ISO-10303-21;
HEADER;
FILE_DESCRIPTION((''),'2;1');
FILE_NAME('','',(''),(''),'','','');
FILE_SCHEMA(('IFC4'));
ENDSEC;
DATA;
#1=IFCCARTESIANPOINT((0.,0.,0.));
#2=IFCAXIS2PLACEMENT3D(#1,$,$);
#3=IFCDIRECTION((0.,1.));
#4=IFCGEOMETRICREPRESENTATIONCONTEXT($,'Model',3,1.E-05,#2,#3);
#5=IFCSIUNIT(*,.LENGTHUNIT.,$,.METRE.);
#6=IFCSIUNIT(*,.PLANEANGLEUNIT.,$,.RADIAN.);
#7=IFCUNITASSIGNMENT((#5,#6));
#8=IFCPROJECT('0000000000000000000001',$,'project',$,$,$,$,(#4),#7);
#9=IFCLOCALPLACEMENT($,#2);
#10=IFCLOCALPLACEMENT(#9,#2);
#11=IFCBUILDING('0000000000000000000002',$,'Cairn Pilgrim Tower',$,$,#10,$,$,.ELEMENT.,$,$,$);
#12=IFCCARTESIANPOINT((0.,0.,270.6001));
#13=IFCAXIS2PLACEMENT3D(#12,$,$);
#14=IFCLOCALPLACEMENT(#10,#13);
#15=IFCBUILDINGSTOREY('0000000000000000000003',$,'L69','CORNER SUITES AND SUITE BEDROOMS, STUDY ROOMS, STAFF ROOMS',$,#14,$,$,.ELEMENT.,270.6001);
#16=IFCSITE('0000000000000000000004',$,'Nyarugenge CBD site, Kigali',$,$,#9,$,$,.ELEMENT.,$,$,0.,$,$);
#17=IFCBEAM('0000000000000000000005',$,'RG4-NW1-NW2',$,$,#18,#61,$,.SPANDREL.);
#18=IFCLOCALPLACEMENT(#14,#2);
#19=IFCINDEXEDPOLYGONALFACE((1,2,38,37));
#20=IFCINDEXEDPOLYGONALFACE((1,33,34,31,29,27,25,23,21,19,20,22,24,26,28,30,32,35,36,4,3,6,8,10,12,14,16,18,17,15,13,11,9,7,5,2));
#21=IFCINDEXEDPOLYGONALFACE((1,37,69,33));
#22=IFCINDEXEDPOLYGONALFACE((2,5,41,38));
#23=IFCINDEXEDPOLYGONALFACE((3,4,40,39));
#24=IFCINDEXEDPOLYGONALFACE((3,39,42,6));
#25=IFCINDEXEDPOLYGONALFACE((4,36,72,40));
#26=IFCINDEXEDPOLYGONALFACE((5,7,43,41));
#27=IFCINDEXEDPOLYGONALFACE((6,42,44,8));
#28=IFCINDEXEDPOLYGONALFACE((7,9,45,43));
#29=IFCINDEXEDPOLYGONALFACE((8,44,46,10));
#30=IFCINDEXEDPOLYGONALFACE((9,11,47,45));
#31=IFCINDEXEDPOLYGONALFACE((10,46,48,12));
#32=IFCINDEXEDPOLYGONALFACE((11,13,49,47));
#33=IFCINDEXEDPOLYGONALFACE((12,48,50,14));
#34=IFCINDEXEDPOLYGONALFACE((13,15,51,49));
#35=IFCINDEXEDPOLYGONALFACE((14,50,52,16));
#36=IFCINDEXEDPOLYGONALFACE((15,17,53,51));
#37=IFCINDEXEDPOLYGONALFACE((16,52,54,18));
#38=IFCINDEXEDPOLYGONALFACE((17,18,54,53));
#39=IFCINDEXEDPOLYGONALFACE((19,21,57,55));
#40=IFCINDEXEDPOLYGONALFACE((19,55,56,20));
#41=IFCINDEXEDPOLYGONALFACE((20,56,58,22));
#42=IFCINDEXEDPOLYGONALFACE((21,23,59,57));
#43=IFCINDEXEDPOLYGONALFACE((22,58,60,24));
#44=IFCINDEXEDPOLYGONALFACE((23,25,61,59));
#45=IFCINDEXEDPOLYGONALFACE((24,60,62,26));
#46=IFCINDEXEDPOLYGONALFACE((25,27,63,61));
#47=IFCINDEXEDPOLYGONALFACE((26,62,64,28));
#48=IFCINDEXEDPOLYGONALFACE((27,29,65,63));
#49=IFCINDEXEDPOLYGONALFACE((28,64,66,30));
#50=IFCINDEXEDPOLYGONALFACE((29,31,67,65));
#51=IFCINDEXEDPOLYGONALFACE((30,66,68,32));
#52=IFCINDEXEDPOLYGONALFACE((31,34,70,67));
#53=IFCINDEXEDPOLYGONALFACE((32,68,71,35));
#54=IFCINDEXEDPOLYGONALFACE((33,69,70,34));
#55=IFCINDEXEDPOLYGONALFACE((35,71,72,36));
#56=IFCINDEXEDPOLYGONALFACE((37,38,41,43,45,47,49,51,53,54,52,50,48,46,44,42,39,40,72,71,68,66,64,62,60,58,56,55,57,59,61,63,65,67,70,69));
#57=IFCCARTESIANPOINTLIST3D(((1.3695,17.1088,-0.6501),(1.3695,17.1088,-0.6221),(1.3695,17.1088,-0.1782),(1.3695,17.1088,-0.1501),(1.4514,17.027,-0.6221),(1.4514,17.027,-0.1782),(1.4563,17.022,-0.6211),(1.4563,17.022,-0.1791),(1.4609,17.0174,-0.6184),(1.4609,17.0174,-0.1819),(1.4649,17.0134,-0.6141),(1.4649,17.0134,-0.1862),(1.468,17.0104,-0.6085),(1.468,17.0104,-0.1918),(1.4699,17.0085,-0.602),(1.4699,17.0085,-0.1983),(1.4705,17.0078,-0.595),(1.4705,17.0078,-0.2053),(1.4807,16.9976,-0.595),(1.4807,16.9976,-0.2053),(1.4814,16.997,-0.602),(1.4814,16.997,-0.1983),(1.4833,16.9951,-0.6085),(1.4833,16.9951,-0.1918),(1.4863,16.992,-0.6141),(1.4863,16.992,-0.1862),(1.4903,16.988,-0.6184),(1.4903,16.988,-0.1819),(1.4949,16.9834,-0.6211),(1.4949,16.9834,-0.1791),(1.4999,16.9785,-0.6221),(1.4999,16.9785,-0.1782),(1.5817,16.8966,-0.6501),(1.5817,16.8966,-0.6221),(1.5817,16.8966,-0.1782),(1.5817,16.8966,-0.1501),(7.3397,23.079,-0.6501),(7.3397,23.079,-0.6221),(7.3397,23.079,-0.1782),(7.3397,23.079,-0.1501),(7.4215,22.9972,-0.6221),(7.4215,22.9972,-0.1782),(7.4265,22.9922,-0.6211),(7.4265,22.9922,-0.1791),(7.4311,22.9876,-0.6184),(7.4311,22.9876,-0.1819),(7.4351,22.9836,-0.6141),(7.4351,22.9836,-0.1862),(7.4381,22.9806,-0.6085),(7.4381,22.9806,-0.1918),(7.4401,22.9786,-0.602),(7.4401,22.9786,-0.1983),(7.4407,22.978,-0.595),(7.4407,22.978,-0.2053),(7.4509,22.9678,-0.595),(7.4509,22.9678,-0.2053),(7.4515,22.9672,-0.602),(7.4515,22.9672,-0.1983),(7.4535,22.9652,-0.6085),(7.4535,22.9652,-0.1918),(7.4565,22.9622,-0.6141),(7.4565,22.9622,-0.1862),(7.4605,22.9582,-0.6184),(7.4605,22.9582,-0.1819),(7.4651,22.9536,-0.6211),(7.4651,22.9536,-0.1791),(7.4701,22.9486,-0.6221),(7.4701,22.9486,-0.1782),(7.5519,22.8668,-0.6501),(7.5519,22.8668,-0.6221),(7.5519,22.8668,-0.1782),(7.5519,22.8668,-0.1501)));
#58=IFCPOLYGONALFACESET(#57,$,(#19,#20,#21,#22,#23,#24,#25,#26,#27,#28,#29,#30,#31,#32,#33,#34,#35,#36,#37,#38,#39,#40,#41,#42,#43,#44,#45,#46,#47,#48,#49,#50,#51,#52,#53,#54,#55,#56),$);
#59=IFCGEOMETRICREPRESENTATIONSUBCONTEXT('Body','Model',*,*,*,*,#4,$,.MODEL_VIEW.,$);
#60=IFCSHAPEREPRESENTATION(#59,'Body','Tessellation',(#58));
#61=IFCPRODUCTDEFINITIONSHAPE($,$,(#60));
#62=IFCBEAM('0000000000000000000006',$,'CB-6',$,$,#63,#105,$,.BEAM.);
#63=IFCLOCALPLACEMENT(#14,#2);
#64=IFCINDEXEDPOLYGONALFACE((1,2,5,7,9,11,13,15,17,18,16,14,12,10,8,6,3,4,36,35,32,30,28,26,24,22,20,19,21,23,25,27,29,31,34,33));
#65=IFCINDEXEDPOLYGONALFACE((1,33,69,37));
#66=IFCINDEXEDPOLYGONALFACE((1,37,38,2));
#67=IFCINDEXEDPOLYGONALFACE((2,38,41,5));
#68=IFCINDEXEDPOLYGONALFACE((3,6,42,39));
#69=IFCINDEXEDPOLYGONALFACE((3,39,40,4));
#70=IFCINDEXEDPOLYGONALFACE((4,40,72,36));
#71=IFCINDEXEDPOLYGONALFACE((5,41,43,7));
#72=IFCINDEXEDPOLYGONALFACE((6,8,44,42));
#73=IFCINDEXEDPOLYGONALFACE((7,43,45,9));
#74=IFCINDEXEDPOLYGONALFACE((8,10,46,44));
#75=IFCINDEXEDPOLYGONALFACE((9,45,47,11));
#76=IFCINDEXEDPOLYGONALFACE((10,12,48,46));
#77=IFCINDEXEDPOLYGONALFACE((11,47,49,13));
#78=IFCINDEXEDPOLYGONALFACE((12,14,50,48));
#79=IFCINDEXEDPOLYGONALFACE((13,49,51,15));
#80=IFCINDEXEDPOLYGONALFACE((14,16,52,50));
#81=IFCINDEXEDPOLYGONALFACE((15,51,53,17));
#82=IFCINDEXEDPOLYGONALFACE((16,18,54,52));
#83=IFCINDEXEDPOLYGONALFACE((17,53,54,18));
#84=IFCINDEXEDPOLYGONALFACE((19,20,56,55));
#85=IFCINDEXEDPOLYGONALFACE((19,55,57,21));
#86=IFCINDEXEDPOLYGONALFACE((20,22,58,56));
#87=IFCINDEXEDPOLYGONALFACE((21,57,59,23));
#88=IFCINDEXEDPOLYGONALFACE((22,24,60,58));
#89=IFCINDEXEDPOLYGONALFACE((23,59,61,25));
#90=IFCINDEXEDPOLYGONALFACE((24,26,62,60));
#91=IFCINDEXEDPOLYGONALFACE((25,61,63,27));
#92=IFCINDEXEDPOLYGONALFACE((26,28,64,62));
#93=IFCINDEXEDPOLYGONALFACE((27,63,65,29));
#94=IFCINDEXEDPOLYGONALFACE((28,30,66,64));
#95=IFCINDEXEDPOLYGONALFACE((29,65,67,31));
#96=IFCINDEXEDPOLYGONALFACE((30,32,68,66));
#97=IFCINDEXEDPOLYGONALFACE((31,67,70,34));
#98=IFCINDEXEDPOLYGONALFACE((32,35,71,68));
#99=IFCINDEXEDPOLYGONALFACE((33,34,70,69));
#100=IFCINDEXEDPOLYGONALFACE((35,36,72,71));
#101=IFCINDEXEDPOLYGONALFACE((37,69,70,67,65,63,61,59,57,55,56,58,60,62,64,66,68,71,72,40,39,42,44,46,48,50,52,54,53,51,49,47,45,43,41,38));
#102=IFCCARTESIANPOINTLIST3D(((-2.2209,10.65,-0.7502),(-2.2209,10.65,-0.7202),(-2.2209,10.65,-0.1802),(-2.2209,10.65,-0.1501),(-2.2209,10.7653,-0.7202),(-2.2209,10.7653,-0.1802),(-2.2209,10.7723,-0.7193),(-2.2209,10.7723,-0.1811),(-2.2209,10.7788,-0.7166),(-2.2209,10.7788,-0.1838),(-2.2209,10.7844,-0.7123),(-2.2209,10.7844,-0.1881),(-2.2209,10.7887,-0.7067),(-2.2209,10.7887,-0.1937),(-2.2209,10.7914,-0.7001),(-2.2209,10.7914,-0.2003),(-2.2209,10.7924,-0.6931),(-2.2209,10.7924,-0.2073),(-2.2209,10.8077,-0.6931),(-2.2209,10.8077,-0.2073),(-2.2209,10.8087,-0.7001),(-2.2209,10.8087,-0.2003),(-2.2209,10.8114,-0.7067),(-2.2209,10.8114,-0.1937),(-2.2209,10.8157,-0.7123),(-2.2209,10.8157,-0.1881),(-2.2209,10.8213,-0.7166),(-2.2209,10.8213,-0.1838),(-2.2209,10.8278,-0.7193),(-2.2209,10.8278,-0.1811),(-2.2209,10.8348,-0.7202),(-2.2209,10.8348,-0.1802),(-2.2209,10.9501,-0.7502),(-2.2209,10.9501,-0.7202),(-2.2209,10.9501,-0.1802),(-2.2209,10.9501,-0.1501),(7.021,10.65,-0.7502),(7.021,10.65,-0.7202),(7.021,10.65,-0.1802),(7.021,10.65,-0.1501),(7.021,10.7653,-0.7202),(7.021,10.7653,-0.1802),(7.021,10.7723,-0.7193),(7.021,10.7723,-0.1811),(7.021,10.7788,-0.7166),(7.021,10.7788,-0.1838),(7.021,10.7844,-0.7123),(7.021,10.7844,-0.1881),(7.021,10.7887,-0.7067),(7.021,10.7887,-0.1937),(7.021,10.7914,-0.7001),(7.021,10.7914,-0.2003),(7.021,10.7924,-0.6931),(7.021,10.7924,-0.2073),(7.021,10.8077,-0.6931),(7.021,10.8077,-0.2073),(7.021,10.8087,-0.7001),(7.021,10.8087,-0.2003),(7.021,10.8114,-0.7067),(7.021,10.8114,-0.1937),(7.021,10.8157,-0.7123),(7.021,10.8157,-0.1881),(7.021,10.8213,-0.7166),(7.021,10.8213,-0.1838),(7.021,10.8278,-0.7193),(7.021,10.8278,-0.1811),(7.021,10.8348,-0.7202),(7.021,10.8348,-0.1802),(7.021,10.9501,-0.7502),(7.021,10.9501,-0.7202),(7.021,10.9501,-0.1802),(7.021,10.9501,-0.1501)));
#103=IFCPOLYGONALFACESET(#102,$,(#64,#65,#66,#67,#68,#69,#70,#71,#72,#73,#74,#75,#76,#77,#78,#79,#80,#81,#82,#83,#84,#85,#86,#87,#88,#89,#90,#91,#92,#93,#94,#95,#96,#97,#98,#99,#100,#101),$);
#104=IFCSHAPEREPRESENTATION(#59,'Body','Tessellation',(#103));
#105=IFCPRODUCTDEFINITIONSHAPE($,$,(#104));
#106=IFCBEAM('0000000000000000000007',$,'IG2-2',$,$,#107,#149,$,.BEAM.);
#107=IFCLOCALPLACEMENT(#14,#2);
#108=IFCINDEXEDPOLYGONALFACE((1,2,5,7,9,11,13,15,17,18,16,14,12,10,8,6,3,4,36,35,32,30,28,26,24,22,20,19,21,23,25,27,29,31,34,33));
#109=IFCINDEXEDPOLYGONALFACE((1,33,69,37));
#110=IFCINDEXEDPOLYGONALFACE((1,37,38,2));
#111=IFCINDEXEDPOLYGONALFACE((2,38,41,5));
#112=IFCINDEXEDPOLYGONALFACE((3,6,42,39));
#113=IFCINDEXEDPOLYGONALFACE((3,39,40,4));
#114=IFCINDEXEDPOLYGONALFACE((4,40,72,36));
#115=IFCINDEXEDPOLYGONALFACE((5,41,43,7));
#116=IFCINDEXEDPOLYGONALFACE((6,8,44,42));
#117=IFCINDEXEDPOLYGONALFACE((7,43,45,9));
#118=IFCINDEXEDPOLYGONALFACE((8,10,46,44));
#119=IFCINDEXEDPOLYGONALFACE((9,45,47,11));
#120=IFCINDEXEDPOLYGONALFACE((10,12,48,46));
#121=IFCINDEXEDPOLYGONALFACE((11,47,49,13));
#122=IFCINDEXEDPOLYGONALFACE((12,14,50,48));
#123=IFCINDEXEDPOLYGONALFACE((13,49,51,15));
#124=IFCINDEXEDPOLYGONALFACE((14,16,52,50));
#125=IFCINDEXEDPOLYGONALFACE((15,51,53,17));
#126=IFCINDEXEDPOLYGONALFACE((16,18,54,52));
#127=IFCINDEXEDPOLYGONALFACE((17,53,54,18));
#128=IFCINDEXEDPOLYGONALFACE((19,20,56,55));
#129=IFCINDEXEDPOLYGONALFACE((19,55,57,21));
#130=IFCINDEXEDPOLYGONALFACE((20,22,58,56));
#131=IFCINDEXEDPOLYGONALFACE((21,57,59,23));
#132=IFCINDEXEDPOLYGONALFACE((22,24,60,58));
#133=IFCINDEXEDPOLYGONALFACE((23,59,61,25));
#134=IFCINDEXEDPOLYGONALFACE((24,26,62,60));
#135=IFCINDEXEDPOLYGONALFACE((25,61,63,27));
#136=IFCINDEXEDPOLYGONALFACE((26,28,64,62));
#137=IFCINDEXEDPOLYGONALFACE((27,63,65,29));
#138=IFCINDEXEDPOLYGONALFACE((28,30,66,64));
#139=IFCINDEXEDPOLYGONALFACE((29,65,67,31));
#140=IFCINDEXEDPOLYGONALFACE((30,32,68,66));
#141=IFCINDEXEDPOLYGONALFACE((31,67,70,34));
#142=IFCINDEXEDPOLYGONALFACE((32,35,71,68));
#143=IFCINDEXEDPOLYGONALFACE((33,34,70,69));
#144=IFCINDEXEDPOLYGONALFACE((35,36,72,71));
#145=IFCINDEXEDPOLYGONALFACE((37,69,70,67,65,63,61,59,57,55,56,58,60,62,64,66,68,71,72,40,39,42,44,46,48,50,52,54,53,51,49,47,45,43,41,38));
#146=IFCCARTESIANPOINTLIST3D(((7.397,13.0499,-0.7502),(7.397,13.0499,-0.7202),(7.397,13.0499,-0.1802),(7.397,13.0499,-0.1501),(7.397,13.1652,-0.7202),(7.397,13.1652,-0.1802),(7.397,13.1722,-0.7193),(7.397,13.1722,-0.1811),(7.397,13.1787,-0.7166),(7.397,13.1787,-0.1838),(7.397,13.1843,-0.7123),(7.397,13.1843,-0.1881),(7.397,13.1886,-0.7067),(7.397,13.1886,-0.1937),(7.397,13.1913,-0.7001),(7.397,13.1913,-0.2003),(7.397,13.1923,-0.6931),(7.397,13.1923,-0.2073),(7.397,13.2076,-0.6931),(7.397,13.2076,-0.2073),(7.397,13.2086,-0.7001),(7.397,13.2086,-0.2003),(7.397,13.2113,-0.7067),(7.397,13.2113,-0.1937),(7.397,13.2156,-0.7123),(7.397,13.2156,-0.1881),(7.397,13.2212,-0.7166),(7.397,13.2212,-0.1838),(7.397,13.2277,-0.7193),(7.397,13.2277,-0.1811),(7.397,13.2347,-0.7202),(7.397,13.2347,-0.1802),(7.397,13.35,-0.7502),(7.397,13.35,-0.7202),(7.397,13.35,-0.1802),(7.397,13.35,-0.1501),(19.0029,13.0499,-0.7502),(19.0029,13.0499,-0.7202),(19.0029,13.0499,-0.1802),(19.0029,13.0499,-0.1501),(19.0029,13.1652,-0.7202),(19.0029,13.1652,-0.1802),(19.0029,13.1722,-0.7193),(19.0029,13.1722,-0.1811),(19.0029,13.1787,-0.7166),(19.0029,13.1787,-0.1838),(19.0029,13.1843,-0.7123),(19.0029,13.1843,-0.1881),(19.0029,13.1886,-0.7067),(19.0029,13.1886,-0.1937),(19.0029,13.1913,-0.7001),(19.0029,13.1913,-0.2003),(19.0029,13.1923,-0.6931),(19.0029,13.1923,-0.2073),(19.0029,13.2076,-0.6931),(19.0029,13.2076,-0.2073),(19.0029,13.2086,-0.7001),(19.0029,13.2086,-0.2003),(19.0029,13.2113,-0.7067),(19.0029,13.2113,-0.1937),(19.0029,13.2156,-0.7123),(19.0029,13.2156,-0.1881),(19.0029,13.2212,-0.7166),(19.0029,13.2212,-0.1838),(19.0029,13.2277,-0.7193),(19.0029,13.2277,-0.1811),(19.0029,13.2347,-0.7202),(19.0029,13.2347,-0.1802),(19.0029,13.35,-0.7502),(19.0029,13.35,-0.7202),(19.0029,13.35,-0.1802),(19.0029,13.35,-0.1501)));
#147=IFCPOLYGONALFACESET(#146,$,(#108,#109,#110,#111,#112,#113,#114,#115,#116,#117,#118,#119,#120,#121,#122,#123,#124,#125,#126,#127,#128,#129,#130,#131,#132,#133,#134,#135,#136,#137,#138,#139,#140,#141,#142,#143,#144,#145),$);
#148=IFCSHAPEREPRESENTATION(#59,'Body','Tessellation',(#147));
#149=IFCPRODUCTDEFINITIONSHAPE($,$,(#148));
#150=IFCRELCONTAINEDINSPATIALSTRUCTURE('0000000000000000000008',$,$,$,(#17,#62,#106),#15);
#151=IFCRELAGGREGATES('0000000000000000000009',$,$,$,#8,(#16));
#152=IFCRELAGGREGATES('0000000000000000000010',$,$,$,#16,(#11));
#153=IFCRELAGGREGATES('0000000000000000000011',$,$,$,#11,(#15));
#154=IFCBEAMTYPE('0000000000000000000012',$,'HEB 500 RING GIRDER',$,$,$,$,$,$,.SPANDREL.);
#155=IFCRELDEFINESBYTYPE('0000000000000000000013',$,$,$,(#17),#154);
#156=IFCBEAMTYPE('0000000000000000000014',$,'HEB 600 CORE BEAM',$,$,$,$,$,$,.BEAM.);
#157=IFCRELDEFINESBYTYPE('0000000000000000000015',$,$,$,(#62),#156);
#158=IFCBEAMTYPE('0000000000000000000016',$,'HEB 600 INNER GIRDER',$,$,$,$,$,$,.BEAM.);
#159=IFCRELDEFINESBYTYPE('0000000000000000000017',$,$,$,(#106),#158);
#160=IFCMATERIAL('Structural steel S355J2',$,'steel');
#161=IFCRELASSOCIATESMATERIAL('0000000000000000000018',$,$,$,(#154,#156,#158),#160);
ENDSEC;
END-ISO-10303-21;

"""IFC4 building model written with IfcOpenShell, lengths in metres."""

from ifc_helpers import new_model, si_unit, direction, frame, origin, origin_2d, place, context, subcontext, project, spatial, i_section, extrude, material, material_profile, profile_set, type_object, element, save


model = new_model("IFC4")

# Units and contexts
model_context = context("Model", 3, precision=1e-05, world=origin(), true_north=direction((0.0, 1.0)))
body_context = subcontext(model_context, "Body", "Model", "MODEL_VIEW")
ifc_project = project(units=[si_unit("LENGTHUNIT", "METRE"), si_unit("PLANEANGLEUNIT", "RADIAN")], contexts=[model_context])

# Site, building, storey
site_placement = place(None, origin())
site = spatial("IfcSite", under=ifc_project, at=site_placement, Name="Nyarugenge CBD site, Kigali", CompositionType="ELEMENT", RefElevation=0.0)
building_placement = place(site_placement, origin())
building = spatial("IfcBuilding", under=site, at=building_placement, Name="Cairn Pilgrim Tower", CompositionType="ELEMENT")
storey_placement = place(building_placement, frame((0.0, 0.0, 270.6001)))
storey = spatial("IfcBuildingStorey", under=building, at=storey_placement, Name="L69", Description="CORNER SUITES AND SUITE BEDROOMS, STUDY ROOMS, STAFF ROOMS", CompositionType="ELEMENT", Elevation=270.6001)

# Shared definitions
ifc_material_1 = material(Name="Structural steel S355J2", Category="steel")

# Beams
ifc_material_profile_1 = material_profile(ifc_material_1, i_section(OverallWidth=0.3, OverallDepth=0.5, WebThickness=0.0144, FlangeThickness=0.0281, FilletRadius=0.0271, at=origin_2d()), Name="HEB 500")
ifc_profile_set_1 = profile_set([ifc_material_profile_1], Name="Structural steel S355J2")
beam_type_1 = type_object("IfcBeamType", Name="HEB 500 RING GIRDER", PredefinedType="SPANDREL", material=ifc_profile_set_1)
beam_1_placement = place(storey_placement, frame((7.4458, 22.9729, -0.4001), z_axis=(-0.707107, -0.707107, 0.0), x_axis=(0.707107, -0.707107, 0.0)))
element("IfcBeam", 1, at=beam_1_placement, inside=storey, type_object=beam_type_1, Name="RG4-NW1-NW2", PredefinedType="SPANDREL", context=body_context, shape_type="SweptSolid", body=[
    extrude(i_section(OverallWidth=0.3, OverallDepth=0.5, WebThickness=0.0144, FlangeThickness=0.0281, FilletRadius=0.0271, at=origin_2d()), origin(), (0.0, 0.0, 1.0), 8.4431),
])
ifc_material_profile_2 = material_profile(ifc_material_1, i_section(OverallWidth=0.3, OverallDepth=0.6001, WebThickness=0.0154, FlangeThickness=0.03, FilletRadius=0.0271, at=origin_2d()), Name="HEB 600")
ifc_profile_set_2 = profile_set([ifc_material_profile_2], Name="Structural steel S355J2")
beam_type_2 = type_object("IfcBeamType", Name="HEB 600 CORE BEAM", PredefinedType="BEAM", material=ifc_profile_set_2)
beam_2_placement = place(storey_placement, frame((7.021, 10.8, -0.4502), z_axis=(-1.0, 0.0, 0.0), x_axis=(0.0, -1.0, 0.0)))
element("IfcBeam", 2, at=beam_2_placement, inside=storey, type_object=beam_type_2, Name="CB-6", PredefinedType="BEAM", context=body_context, shape_type="SweptSolid", body=[
    extrude(i_section(OverallWidth=0.3, OverallDepth=0.6001, WebThickness=0.0154, FlangeThickness=0.03, FilletRadius=0.0271, at=origin_2d()), origin(), (0.0, 0.0, 1.0), 9.2419),
])
ifc_material_profile_3 = material_profile(ifc_material_1, i_section(OverallWidth=0.3, OverallDepth=0.6001, WebThickness=0.0154, FlangeThickness=0.03, FilletRadius=0.0271, at=origin_2d()), Name="HEB 600")
ifc_profile_set_3 = profile_set([ifc_material_profile_3], Name="Structural steel S355J2")
beam_type_3 = type_object("IfcBeamType", Name="HEB 600 INNER GIRDER", PredefinedType="BEAM", material=ifc_profile_set_3)
beam_3_placement = place(storey_placement, frame((7.397, 13.2, -0.4502), z_axis=(1.0, 0.0, 0.0), x_axis=(0.0, 1.0, 0.0)))
element("IfcBeam", 3, at=beam_3_placement, inside=storey, type_object=beam_type_3, Name="IG2-2", PredefinedType="BEAM", context=body_context, shape_type="SweptSolid", body=[
    extrude(i_section(OverallWidth=0.3, OverallDepth=0.6001, WebThickness=0.0154, FlangeThickness=0.03, FilletRadius=0.0271, at=origin_2d()), origin(), (0.0, 0.0, 1.0), 11.606),
])

save(model, "model.ifc")
